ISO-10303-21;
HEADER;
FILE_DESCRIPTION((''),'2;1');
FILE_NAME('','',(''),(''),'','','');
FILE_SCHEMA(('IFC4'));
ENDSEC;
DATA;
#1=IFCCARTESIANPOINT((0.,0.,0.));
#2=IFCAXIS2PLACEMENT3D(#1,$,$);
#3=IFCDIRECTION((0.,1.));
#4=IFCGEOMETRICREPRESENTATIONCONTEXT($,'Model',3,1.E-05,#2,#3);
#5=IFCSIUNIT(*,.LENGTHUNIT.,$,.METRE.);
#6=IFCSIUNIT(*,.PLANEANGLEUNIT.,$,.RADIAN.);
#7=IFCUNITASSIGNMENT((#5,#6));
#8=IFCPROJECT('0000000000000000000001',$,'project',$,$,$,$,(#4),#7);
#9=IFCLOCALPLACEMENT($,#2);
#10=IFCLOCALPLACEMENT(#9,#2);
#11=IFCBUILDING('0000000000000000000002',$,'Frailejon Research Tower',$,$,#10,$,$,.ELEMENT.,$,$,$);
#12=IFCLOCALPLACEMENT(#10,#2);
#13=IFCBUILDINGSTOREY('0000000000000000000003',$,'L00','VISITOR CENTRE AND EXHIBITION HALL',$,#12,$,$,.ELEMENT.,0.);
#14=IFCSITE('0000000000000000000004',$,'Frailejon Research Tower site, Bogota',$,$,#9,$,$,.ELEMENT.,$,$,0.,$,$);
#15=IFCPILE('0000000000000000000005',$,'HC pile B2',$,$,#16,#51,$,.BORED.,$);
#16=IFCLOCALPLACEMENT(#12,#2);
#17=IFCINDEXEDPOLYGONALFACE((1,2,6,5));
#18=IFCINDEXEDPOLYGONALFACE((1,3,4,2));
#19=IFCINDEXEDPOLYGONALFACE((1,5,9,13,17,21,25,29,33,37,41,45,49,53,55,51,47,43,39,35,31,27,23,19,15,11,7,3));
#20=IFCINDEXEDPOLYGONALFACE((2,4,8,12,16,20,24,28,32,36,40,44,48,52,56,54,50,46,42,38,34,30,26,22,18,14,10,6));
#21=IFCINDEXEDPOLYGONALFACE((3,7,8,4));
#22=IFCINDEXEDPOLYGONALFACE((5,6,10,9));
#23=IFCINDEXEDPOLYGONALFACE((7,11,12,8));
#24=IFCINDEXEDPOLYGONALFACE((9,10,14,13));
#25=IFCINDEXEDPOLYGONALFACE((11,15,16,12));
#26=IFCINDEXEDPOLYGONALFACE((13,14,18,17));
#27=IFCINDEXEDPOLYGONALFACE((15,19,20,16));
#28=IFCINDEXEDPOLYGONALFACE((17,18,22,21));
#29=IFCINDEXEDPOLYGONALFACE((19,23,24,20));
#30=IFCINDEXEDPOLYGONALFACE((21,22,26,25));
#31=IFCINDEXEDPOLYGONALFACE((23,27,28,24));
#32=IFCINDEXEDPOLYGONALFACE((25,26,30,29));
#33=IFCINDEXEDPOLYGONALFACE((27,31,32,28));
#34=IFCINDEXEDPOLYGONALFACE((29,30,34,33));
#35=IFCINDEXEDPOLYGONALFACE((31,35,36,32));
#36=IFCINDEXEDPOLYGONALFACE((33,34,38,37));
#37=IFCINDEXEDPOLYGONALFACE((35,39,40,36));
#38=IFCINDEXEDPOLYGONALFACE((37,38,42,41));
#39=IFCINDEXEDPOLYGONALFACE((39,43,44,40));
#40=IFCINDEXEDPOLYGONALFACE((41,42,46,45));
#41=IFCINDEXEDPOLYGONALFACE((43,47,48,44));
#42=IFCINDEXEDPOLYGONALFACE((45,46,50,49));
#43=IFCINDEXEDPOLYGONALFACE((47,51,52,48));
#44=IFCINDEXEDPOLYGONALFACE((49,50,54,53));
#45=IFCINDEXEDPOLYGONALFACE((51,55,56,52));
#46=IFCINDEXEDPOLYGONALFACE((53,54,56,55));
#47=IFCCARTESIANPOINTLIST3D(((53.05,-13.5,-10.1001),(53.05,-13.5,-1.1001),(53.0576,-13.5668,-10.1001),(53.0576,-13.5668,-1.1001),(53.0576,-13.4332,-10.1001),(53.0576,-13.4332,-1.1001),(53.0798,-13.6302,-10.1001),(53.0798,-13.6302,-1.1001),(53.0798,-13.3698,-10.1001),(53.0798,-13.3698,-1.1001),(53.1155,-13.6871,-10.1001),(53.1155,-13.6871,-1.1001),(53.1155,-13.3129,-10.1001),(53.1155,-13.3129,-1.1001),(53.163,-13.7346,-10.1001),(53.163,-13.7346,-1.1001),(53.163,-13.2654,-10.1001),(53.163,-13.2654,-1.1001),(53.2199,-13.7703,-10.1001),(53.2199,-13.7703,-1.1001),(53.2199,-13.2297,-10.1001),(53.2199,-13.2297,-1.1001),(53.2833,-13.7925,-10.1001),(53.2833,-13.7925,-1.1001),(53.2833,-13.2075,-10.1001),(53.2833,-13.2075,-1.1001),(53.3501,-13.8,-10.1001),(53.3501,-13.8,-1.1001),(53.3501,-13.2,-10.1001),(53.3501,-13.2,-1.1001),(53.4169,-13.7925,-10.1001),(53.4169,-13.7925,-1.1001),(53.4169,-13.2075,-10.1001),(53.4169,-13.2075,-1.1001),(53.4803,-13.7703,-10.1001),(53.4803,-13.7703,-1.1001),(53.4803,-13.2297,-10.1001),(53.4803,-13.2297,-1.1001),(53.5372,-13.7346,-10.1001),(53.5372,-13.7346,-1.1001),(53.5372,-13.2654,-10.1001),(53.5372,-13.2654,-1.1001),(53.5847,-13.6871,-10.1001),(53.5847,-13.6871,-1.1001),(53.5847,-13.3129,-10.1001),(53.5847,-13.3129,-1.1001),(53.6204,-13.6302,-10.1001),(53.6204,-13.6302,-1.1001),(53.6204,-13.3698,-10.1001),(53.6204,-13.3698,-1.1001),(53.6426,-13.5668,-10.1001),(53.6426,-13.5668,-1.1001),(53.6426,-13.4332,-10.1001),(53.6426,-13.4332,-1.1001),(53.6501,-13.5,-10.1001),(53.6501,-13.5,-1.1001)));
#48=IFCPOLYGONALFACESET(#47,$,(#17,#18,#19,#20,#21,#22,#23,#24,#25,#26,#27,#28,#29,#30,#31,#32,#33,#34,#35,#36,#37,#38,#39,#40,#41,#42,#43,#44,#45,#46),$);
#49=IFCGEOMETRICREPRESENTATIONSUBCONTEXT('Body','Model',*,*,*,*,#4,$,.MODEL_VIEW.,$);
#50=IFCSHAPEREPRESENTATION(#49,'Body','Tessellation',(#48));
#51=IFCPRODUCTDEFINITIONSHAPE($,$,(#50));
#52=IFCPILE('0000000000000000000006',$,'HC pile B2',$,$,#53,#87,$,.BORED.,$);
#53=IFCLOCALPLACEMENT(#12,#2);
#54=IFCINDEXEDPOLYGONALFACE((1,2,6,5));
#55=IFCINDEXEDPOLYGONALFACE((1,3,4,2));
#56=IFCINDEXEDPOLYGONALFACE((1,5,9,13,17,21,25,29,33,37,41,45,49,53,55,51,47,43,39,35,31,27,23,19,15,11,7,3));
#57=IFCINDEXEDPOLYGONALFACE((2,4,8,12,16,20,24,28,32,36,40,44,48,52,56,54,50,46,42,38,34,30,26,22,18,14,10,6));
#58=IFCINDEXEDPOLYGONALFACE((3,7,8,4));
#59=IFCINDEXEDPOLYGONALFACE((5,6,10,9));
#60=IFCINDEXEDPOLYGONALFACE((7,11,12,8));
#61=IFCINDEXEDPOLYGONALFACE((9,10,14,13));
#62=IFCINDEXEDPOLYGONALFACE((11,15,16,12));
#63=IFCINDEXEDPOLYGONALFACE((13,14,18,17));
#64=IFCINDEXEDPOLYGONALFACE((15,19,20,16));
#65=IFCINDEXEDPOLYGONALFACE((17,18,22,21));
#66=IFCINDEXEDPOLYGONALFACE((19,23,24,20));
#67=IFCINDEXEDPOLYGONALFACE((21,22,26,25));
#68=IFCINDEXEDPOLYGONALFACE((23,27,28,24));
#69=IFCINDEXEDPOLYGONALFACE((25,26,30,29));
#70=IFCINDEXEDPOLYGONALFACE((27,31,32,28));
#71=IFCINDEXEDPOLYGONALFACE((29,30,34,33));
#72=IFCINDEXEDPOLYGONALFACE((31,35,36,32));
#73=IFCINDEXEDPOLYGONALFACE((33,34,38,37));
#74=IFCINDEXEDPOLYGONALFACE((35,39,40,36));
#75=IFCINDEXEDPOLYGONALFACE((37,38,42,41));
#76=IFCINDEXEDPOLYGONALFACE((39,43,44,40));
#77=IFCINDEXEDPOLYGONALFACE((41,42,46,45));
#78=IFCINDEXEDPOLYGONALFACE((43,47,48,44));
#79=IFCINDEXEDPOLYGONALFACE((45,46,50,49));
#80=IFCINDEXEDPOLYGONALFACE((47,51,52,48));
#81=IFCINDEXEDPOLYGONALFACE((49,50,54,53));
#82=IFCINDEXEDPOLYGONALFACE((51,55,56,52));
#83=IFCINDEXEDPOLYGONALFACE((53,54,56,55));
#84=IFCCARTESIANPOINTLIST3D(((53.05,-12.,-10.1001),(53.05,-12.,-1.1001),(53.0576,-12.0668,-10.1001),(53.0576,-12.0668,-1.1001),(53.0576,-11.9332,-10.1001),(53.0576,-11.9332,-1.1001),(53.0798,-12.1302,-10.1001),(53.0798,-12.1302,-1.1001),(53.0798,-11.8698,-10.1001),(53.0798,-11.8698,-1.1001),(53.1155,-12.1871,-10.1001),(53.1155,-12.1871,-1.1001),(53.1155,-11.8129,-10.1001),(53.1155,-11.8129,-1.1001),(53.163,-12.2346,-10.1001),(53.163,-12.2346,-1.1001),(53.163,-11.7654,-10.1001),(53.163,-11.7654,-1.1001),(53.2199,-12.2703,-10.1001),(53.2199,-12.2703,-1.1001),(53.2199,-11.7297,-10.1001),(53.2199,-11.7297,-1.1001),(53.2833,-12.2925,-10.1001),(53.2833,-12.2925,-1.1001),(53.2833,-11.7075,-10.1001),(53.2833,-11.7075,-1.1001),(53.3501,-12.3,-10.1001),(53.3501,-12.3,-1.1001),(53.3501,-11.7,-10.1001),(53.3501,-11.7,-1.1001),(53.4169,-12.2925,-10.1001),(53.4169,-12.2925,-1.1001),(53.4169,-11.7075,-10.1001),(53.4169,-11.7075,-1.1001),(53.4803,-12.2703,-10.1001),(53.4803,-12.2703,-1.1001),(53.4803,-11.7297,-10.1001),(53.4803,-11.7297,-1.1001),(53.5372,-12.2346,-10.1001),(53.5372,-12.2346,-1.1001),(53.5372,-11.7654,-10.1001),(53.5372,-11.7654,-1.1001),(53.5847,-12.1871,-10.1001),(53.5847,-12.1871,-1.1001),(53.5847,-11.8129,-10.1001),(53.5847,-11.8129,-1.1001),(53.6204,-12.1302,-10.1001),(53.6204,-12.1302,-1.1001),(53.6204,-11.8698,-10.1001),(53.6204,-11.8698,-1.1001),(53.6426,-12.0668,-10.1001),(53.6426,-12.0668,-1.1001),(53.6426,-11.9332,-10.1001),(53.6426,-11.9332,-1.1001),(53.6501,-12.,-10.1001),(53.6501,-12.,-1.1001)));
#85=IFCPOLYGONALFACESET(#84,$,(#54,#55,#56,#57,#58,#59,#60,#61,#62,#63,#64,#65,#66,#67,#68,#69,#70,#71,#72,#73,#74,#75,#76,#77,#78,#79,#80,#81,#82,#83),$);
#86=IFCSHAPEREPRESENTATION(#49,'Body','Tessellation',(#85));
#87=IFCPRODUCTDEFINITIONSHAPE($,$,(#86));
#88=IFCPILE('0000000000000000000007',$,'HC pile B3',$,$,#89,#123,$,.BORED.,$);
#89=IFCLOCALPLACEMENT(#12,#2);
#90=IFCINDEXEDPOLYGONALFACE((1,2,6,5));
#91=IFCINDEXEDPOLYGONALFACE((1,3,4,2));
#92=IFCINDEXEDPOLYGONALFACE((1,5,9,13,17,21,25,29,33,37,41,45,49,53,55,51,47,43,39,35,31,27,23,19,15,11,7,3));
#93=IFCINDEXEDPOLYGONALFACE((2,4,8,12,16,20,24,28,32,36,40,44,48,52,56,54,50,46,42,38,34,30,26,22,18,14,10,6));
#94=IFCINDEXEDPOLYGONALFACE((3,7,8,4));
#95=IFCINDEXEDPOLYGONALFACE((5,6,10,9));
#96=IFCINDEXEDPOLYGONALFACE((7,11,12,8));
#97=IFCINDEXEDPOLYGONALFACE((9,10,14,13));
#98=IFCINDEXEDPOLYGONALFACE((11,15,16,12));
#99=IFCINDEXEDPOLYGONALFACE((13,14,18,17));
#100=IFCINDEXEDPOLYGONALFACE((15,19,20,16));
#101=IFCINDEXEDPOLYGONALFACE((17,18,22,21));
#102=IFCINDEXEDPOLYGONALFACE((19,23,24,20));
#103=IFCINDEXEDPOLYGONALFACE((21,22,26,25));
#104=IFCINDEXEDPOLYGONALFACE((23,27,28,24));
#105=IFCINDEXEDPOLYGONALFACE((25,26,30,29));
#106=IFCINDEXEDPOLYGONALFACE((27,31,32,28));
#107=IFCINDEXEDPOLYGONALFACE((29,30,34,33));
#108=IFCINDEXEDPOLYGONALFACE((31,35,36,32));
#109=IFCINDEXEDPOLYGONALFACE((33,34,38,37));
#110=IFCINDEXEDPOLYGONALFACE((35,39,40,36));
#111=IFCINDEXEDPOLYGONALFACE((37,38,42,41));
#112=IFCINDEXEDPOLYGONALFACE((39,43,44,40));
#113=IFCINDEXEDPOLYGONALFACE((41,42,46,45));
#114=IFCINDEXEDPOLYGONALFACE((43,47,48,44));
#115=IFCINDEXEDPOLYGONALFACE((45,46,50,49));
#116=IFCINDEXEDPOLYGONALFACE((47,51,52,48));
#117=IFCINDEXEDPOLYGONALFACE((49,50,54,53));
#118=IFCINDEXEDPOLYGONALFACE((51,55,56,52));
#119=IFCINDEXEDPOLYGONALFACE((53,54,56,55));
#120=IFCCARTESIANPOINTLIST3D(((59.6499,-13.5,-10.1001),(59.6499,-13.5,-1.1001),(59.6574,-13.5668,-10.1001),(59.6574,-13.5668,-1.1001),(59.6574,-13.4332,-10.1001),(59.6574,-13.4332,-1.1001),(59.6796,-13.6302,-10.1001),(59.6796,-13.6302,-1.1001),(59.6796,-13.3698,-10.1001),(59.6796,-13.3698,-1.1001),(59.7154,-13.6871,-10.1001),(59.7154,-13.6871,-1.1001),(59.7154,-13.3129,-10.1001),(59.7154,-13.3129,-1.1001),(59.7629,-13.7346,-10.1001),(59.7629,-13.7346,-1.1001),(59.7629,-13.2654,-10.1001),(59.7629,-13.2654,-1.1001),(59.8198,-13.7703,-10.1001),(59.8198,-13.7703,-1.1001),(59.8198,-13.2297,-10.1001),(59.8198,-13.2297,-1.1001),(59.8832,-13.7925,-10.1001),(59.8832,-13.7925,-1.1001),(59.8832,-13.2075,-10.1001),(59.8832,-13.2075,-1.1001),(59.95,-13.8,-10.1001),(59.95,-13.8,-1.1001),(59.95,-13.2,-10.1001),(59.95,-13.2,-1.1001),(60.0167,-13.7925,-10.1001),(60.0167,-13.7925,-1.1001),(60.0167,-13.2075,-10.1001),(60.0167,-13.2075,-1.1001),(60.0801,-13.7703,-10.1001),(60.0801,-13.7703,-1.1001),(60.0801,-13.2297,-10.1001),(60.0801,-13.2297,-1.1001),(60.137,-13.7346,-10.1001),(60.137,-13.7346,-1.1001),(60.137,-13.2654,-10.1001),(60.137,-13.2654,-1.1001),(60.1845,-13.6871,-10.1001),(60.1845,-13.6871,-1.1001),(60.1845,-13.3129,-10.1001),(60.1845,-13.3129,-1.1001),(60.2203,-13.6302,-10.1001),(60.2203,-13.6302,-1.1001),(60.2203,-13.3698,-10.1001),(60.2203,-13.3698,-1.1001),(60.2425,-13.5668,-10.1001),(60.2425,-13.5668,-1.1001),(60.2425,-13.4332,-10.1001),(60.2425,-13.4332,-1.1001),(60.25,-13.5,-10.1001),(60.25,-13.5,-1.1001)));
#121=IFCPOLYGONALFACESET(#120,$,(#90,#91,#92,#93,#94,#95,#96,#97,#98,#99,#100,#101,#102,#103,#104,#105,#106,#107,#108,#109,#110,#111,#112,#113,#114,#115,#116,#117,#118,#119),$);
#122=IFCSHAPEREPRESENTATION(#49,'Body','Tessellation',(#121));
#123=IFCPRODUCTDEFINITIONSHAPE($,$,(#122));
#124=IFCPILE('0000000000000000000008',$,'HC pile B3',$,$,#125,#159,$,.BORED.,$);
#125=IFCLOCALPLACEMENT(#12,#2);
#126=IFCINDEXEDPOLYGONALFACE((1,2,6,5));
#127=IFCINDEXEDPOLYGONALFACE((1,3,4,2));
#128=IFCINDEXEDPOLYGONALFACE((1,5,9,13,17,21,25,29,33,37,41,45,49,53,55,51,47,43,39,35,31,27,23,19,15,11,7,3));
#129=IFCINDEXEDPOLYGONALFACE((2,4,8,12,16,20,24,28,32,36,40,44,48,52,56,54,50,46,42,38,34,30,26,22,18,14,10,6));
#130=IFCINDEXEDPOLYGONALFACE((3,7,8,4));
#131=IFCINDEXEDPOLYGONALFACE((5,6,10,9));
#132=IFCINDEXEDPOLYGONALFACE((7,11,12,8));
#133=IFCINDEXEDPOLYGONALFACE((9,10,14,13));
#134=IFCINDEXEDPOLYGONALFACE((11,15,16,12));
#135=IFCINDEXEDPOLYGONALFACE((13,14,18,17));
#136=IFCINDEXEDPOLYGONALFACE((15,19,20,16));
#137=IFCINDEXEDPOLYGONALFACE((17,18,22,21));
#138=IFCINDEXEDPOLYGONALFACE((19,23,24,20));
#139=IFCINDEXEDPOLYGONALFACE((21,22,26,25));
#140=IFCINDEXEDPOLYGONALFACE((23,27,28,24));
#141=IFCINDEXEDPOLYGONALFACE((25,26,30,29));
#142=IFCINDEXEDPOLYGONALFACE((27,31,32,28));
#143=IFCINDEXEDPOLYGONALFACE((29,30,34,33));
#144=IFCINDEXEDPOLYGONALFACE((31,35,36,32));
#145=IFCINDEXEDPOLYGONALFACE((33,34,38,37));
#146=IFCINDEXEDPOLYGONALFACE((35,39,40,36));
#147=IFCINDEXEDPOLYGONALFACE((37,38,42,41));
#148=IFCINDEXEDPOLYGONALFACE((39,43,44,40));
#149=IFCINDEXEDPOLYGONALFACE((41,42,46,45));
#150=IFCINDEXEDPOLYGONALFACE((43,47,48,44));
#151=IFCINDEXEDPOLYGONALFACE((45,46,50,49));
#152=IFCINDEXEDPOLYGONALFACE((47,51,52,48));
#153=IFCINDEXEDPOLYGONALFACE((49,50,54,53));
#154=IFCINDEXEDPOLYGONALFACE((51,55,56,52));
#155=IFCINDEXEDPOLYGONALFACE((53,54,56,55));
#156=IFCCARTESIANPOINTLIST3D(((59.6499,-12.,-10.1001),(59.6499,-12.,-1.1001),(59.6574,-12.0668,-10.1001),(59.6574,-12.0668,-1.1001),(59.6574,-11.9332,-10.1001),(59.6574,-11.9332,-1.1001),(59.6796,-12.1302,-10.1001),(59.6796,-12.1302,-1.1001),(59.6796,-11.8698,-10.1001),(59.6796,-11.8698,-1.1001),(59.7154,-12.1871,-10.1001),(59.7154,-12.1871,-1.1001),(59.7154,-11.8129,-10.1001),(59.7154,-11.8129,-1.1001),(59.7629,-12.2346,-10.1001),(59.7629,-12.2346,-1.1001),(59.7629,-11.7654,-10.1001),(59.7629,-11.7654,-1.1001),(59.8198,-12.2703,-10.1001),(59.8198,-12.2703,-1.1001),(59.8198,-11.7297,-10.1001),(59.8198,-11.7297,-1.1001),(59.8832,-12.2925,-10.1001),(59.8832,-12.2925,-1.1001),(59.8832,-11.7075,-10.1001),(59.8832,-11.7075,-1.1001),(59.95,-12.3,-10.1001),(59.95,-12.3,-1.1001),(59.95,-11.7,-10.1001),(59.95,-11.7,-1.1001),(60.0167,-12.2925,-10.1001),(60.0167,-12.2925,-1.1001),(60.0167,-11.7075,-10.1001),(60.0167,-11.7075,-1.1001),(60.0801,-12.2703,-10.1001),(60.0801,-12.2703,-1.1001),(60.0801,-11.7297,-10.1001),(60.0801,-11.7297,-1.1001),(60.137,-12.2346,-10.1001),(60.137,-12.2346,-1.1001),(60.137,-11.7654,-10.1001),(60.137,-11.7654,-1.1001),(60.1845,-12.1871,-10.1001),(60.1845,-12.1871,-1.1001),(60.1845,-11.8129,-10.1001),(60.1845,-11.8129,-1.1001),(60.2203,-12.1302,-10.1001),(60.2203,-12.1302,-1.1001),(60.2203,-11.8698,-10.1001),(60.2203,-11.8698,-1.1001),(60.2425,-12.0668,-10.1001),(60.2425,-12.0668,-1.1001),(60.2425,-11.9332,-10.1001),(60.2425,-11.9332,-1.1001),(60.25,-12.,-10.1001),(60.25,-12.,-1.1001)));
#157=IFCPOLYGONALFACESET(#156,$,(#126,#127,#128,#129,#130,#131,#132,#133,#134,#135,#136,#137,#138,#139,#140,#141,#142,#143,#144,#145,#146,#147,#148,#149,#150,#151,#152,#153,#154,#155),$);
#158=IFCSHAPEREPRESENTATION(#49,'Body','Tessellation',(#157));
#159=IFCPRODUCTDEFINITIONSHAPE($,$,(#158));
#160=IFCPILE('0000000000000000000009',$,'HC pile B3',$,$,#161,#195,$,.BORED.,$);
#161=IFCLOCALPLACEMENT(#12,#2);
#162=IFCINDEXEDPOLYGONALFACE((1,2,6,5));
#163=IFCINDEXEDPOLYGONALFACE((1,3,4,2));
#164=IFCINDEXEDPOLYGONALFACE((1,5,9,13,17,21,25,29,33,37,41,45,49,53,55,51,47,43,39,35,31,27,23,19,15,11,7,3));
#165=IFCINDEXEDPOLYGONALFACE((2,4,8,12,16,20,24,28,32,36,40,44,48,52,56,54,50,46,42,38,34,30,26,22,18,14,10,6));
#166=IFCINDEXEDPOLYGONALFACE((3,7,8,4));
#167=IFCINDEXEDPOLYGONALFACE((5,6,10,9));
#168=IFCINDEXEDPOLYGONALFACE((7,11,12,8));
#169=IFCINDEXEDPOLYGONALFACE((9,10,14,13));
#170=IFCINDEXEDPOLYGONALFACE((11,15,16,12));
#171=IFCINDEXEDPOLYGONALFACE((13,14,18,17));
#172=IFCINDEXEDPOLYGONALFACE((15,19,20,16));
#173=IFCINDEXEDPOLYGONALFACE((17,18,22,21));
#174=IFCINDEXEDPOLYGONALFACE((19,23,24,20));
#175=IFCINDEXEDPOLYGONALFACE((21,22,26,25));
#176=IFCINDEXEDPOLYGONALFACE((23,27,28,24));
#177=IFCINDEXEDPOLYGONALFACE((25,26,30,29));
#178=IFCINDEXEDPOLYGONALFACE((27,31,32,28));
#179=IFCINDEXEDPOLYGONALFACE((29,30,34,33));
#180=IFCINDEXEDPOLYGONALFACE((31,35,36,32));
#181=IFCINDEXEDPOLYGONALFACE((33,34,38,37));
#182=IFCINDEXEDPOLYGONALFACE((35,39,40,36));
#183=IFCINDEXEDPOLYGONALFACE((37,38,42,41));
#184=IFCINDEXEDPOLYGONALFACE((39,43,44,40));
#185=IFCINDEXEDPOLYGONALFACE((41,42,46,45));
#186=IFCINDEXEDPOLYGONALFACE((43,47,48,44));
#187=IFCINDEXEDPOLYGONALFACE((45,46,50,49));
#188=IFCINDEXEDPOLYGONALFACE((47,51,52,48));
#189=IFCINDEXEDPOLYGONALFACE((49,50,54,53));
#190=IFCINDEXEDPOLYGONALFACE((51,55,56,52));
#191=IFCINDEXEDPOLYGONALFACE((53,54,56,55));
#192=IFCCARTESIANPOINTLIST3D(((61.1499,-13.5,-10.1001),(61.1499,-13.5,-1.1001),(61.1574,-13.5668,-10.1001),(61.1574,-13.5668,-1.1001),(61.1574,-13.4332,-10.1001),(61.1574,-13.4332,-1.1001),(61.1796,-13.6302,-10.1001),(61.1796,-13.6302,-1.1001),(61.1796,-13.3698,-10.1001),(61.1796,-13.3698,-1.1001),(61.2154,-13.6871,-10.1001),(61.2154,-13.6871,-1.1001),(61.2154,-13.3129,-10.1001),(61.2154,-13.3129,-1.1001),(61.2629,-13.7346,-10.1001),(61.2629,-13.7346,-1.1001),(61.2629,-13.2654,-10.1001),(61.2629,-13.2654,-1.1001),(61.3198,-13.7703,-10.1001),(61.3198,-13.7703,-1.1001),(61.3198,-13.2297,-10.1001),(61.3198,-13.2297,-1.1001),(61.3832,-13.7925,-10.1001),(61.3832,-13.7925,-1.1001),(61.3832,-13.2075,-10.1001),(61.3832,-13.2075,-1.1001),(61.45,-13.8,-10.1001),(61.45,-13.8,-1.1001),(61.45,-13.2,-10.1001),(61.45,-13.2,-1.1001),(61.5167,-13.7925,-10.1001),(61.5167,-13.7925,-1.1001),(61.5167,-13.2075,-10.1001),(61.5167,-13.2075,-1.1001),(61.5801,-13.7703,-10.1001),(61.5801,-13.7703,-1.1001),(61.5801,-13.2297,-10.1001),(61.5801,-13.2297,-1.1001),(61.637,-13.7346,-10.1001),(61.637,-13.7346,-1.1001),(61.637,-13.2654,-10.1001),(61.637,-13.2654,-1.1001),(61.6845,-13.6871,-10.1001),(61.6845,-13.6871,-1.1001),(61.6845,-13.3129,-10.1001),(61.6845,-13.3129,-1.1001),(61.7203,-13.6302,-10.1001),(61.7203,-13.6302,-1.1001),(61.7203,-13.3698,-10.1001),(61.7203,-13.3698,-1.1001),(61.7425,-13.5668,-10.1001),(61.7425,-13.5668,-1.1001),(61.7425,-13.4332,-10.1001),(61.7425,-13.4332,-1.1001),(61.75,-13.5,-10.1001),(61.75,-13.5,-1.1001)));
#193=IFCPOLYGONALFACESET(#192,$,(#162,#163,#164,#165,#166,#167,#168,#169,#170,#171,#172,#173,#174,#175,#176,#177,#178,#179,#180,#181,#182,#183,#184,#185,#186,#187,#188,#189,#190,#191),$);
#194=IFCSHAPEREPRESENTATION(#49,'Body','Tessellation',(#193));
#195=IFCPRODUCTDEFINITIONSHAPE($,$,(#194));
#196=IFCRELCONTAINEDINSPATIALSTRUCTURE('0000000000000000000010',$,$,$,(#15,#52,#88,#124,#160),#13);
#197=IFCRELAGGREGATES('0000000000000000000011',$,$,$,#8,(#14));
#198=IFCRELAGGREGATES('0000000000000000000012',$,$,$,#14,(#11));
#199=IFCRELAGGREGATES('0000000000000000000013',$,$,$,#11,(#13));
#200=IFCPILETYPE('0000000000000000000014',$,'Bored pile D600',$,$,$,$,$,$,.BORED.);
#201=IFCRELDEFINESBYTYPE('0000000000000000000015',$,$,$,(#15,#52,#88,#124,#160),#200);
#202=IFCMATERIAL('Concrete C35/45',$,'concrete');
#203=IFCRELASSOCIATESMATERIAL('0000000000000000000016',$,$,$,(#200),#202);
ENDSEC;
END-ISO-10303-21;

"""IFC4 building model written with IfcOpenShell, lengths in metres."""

from ifc_helpers import new_model, si_unit, direction, frame, origin, origin_2d, place, context, subcontext, project, spatial, circle, extrude, material, material_profile, profile_set, type_object, element, save


model = new_model("IFC4")

# Units and contexts
model_context = context("Model", 3, precision=1e-05, world=origin(), true_north=direction((0.0, 1.0)))
body_context = subcontext(model_context, "Body", "Model", "MODEL_VIEW")
ifc_project = project(units=[si_unit("LENGTHUNIT", "METRE"), si_unit("PLANEANGLEUNIT", "RADIAN")], contexts=[model_context])

# Site, building, storey
site_placement = place(None, origin())
site = spatial("IfcSite", under=ifc_project, at=site_placement, Name="Frailejon Research Tower site, Bogota", CompositionType="ELEMENT", RefElevation=0.0)
building_placement = place(site_placement, origin())
building = spatial("IfcBuilding", under=site, at=building_placement, Name="Frailejon Research Tower", CompositionType="ELEMENT")
storey_placement = place(building_placement, origin())
storey = spatial("IfcBuildingStorey", under=building, at=storey_placement, Name="L00", Description="VISITOR CENTRE AND EXHIBITION HALL", CompositionType="ELEMENT", Elevation=0.0)

# Piles
ifc_material_1 = material(Name="Concrete C35/45", Category="concrete")
ifc_material_profile_1 = material_profile(ifc_material_1, circle(Radius=0.3, at=origin_2d()), Name="Bored pile D600")
ifc_profile_set_1 = profile_set([ifc_material_profile_1], Name="Concrete C35/45")
pile_type = type_object("IfcPileType", Name="Bored pile D600", PredefinedType="BORED", material=ifc_profile_set_1)
for number, where, z_axis, x_axis, name in (
    (1, (53.3501, -13.5, -1.1001), (0.0, 0.0, -1.0), (1.0, 0.0, 0.0), "HC pile B2"),
    (2, (53.3501, -12.0, -1.1001), (0.0, 0.0, -1.0), (1.0, 0.0, 0.0), "HC pile B2"),
    (3, (59.95, -13.5, -1.1001), (0.0, 0.0, -1.0), (1.0, 0.0, 0.0), "HC pile B3"),
    (4, (59.95, -12.0, -1.1001), (0.0, 0.0, -1.0), (1.0, 0.0, 0.0), "HC pile B3"),
    (5, (61.45, -13.5, -1.1001), (0.0, 0.0, -1.0), (1.0, 0.0, 0.0), "HC pile B3"),
):
    element("IfcPile", number, at=place(storey_placement, frame(where, z_axis=z_axis, x_axis=x_axis)), inside=storey, type_object=pile_type, Name=name, PredefinedType="BORED", context=body_context, shape_type="SweptSolid", body=[
        extrude(circle(Radius=0.3, at=origin_2d()), origin(), (0.0, 0.0, 1.0), 9.0),
    ])

save(model, "model.ifc")
